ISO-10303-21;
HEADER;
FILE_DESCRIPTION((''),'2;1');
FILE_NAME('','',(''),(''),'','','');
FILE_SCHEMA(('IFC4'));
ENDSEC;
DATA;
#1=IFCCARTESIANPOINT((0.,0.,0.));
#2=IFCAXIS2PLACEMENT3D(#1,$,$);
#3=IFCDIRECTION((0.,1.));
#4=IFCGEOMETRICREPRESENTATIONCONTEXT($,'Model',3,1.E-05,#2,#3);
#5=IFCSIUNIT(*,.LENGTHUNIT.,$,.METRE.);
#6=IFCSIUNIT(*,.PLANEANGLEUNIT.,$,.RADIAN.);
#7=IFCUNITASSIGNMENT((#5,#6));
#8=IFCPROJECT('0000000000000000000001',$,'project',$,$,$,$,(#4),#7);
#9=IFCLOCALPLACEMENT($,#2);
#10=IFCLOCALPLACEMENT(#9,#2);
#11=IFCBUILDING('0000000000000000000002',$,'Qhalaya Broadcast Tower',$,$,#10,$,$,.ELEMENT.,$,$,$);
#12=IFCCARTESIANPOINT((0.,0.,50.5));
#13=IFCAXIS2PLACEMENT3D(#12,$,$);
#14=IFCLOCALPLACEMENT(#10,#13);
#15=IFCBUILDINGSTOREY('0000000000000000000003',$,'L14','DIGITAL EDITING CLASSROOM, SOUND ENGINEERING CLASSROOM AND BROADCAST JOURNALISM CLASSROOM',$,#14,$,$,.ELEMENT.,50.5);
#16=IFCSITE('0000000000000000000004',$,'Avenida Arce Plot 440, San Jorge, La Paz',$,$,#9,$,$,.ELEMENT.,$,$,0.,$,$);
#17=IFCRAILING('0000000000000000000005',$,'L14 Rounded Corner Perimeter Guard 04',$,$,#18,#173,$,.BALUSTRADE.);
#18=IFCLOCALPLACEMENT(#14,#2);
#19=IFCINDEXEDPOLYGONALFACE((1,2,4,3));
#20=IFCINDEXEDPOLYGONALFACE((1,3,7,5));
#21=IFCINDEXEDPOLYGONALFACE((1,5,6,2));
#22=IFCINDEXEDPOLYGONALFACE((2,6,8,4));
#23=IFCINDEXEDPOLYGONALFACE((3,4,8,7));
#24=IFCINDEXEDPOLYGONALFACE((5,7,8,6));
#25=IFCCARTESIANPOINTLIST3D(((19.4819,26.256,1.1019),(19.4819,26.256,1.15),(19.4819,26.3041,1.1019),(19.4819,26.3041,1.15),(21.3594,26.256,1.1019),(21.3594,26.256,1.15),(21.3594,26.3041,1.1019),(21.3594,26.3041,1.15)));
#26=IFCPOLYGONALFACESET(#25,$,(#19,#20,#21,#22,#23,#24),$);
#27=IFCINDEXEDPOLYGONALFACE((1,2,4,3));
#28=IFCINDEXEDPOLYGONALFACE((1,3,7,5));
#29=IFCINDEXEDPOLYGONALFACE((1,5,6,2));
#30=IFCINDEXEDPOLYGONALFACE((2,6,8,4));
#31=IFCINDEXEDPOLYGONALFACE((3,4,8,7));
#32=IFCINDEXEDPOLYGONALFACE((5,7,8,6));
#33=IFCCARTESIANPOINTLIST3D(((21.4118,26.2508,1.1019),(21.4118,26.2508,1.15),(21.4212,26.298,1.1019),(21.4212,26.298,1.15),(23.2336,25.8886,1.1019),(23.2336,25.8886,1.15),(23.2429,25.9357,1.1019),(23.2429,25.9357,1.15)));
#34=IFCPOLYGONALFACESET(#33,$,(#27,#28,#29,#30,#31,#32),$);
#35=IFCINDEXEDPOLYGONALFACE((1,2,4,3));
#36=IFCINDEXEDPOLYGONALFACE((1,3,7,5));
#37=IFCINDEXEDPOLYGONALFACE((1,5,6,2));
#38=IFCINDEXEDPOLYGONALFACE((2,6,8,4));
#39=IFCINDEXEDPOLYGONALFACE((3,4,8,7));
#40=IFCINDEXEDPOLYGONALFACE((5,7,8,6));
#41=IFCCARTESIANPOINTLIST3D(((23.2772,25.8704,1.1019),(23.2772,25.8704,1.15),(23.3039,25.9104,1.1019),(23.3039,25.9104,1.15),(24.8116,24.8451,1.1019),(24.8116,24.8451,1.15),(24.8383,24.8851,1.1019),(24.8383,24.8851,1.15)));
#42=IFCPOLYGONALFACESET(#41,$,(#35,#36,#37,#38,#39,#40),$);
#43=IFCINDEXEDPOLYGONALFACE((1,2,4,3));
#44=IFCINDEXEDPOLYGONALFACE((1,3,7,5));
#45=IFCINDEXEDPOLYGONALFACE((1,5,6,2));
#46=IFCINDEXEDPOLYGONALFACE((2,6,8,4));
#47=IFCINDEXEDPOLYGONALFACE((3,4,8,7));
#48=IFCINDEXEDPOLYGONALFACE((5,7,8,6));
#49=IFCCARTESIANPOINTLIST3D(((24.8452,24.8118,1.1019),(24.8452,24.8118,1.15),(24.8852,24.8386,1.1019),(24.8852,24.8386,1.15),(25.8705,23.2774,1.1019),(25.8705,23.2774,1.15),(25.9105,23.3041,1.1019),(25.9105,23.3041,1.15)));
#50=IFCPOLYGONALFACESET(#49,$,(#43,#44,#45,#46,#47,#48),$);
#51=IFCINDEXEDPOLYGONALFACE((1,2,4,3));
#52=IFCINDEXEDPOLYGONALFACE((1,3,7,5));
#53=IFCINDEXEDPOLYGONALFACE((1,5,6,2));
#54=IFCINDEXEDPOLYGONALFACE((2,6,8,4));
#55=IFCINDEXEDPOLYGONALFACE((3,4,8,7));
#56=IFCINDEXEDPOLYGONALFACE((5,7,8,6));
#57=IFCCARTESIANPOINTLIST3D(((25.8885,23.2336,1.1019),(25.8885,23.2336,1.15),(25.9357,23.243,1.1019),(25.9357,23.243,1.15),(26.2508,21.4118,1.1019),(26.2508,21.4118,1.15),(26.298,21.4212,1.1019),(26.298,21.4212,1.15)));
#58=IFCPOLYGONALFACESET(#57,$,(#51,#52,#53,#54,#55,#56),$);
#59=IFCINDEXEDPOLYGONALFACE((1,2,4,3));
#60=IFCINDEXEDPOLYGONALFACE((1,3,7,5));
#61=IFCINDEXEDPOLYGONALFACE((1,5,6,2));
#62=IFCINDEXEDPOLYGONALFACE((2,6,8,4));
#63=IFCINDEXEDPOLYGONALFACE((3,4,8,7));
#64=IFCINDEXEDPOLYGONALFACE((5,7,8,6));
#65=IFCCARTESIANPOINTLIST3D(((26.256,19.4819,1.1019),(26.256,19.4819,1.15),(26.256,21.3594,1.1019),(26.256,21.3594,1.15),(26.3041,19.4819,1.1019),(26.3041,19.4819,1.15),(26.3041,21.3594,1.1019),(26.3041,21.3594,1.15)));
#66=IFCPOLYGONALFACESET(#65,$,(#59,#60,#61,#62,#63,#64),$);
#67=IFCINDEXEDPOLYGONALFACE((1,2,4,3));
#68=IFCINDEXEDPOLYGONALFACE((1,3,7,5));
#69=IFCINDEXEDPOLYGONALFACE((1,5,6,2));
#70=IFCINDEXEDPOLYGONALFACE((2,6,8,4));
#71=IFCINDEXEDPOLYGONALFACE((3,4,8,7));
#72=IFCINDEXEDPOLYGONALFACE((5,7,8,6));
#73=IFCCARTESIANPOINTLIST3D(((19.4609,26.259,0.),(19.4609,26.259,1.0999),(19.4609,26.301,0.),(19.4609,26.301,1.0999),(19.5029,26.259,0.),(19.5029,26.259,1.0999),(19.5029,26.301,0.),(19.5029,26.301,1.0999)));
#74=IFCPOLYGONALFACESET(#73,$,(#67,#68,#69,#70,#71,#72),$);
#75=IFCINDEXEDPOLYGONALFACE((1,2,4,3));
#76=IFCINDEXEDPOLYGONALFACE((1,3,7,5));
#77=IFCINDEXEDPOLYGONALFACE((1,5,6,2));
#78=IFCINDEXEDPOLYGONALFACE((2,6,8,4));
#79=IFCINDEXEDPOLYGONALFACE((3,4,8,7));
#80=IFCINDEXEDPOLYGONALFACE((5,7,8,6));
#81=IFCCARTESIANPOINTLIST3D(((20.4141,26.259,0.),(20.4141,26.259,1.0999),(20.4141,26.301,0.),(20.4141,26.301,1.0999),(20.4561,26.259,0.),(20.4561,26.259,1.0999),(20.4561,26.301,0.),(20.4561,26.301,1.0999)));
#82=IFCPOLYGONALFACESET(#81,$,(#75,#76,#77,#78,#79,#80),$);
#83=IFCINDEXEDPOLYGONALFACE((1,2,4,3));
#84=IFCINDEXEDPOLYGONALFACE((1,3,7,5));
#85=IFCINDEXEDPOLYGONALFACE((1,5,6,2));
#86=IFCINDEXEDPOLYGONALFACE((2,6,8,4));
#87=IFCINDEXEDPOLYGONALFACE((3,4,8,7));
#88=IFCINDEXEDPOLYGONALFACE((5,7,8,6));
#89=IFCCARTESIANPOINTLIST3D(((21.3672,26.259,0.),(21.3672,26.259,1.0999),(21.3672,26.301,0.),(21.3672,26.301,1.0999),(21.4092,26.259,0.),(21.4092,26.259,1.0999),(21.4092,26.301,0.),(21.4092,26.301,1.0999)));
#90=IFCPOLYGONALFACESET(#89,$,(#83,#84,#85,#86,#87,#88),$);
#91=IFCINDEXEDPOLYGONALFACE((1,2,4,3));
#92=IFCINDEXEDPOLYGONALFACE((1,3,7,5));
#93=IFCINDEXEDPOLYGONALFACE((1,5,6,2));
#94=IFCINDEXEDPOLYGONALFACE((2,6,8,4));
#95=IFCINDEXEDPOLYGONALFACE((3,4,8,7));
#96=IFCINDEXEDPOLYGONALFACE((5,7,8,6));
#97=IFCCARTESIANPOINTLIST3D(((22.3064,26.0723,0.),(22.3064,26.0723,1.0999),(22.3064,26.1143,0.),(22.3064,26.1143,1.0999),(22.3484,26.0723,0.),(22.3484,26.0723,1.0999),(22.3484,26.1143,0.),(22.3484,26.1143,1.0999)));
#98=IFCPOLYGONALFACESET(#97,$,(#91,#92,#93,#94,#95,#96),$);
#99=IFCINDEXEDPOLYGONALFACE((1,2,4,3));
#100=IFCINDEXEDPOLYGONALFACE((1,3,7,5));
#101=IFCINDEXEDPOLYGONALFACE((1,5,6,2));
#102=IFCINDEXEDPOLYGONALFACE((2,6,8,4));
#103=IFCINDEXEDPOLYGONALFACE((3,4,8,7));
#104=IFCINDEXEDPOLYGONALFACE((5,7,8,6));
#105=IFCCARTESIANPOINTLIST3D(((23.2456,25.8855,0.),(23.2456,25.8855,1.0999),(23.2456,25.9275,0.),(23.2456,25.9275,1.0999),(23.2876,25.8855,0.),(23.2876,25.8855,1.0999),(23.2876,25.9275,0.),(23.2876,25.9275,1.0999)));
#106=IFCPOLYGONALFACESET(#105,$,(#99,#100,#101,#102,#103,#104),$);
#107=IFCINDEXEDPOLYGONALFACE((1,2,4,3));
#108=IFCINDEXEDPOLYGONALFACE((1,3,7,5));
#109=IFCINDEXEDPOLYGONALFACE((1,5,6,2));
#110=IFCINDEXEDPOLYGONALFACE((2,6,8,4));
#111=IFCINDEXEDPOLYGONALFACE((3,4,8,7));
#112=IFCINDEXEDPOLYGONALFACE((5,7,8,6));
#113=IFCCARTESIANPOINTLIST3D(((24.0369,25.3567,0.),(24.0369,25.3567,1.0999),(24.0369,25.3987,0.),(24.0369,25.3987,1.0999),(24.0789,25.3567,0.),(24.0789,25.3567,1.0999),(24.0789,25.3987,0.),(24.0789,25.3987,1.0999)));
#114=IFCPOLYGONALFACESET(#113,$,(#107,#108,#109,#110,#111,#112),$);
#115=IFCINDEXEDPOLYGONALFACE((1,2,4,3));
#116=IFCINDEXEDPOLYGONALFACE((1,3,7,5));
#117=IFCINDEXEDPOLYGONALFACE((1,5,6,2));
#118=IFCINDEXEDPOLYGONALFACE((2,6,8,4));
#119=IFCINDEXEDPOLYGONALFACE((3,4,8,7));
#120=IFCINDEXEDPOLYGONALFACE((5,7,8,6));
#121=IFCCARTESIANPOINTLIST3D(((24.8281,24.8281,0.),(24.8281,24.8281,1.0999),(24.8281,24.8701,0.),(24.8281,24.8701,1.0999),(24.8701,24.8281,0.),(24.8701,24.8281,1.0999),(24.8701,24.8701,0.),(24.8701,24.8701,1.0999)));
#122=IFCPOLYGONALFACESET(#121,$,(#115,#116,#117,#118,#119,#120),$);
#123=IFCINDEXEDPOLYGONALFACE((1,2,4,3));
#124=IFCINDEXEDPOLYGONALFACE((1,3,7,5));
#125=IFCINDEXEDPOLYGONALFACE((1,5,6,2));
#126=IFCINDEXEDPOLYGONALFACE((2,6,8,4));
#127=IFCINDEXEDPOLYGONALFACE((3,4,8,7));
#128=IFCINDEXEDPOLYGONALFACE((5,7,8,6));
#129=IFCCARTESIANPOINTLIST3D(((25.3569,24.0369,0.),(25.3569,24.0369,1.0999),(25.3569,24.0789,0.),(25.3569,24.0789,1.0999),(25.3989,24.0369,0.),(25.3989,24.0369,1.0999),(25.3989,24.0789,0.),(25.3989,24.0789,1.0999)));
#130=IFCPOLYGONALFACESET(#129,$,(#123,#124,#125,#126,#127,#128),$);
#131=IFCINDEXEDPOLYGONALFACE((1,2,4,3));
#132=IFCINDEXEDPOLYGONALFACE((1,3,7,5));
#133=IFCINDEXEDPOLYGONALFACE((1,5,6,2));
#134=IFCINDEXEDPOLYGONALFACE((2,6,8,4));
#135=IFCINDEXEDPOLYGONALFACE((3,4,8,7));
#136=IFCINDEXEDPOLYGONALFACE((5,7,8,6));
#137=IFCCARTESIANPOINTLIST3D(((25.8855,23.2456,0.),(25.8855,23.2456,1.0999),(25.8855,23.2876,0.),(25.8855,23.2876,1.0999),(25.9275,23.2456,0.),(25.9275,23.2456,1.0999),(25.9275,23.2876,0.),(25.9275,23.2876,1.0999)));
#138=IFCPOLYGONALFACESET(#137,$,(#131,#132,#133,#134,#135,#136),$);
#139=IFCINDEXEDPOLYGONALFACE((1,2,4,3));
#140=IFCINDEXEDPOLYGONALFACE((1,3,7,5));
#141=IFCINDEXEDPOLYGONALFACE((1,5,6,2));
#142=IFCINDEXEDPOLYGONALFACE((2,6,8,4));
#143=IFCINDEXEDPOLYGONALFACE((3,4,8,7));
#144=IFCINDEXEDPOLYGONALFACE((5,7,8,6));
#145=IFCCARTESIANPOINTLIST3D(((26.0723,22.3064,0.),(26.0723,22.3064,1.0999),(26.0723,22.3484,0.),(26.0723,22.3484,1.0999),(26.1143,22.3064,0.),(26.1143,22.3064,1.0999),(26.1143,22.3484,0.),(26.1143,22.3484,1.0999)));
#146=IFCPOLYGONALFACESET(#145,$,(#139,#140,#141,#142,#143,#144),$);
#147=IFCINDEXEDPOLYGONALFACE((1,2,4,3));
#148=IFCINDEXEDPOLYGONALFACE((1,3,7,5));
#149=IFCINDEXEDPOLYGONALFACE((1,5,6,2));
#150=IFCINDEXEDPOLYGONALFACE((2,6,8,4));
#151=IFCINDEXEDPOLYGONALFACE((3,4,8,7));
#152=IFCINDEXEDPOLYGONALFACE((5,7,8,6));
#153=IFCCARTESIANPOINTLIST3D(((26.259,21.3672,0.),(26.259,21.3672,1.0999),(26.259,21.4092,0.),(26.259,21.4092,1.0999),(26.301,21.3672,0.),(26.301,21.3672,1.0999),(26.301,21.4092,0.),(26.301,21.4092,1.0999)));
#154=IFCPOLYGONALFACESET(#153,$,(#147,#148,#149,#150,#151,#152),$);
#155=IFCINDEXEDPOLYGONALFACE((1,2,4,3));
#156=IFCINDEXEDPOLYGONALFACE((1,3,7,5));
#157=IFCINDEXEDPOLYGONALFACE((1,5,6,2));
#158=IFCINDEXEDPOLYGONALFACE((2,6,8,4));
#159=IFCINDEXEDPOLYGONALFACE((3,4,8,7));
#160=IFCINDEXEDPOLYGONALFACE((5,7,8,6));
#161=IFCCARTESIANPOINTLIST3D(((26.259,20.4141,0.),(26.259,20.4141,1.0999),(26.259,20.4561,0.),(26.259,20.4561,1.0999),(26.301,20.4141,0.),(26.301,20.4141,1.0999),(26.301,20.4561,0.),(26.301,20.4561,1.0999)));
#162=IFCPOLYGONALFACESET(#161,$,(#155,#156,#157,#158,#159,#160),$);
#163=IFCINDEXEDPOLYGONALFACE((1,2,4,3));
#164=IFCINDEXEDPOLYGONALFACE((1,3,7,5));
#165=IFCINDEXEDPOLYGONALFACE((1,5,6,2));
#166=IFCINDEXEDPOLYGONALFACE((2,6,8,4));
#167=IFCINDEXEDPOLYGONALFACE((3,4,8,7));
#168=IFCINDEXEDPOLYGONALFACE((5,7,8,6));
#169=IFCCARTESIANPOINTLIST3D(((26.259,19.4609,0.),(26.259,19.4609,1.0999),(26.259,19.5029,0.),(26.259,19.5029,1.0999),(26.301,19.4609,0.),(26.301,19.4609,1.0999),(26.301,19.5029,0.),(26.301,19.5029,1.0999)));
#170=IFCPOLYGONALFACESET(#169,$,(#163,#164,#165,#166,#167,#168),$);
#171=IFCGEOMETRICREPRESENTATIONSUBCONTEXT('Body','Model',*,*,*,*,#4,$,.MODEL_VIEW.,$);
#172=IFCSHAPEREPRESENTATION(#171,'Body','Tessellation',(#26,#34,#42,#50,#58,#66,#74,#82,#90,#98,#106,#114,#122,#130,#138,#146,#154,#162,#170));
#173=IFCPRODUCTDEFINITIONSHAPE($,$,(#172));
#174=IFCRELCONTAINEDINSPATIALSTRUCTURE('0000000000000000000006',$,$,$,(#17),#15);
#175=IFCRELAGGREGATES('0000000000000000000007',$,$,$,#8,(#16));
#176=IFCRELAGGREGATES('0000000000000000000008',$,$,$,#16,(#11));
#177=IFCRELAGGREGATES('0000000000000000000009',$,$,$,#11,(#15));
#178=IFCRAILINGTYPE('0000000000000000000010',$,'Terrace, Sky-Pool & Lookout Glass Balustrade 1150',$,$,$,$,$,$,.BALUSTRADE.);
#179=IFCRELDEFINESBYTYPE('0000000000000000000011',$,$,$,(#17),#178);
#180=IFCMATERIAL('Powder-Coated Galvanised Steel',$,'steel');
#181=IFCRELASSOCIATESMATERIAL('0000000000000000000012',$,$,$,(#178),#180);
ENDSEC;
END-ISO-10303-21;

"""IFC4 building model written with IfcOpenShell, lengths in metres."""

from ifc_helpers import new_model, si_unit, direction, frame, origin, origin_2d, place, context, subcontext, project, spatial, rectangle, extrude, material, type_object, element, save


model = new_model("IFC4")

# Units and contexts
model_context = context("Model", 3, precision=1e-05, world=origin(), true_north=direction((0.0, 1.0)))
body_context = subcontext(model_context, "Body", "Model", "MODEL_VIEW")
ifc_project = project(units=[si_unit("LENGTHUNIT", "METRE"), si_unit("PLANEANGLEUNIT", "RADIAN")], contexts=[model_context])

# Site, building, storey
site_placement = place(None, origin())
site = spatial("IfcSite", under=ifc_project, at=site_placement, Name="Avenida Arce Plot 440, San Jorge, La Paz", CompositionType="ELEMENT", RefElevation=0.0)
building_placement = place(site_placement, origin())
building = spatial("IfcBuilding", under=site, at=building_placement, Name="Qhalaya Broadcast Tower", CompositionType="ELEMENT")
storey_placement = place(building_placement, frame((0.0, 0.0, 50.5)))
storey = spatial("IfcBuildingStorey", under=building, at=storey_placement, Name="L14", Description="DIGITAL EDITING CLASSROOM, SOUND ENGINEERING CLASSROOM AND BROADCAST JOURNALISM CLASSROOM", CompositionType="ELEMENT", Elevation=50.5)

# Railing
ifc_material_1 = material(Name="Powder-Coated Galvanised Steel", Category="steel")
railing_type = type_object("IfcRailingType", Name="Terrace, Sky-Pool & Lookout Glass Balustrade 1150", PredefinedType="BALUSTRADE", material=ifc_material_1)
railing_placement = place(storey_placement, frame((19.4819, 26.28, 0.0)))
element("IfcRailing", 1, at=railing_placement, inside=storey, type_object=railing_type, Name="L14 Rounded Corner Perimeter Guard 04", PredefinedType="BALUSTRADE", context=body_context, shape_type="SweptSolid", body=[
    extrude(rectangle(XDim=0.0481, YDim=0.0481, at=origin_2d()), frame((0.0, 0.0, 1.126), z_axis=(1.0, 0.0, 0.0), x_axis=(0.0, 1.0, 0.0)), (0.0, 0.0, 1.0), 1.8774),
    extrude(rectangle(XDim=0.0481, YDim=0.0481, at=origin_2d()), frame((1.9346, -0.0056, 1.126), z_axis=(0.980796, -0.195037, 0.0), x_axis=(0.195037, 0.980796, 0.0)), (0.0, 0.0, 1.0), 1.8574),
    extrude(rectangle(XDim=0.0481, YDim=0.0481, at=origin_2d()), frame((3.8086, -0.3896, 1.126), z_axis=(0.831478, -0.555558, 0.0), x_axis=(0.555558, 0.831478, 0.0)), (0.0, 0.0, 1.0), 1.8455),
    extrude(rectangle(XDim=0.0481, YDim=0.0481, at=origin_2d()), frame((5.3833, -1.4548, 1.126), z_axis=(0.555558, -0.831478, 0.0), x_axis=(0.831478, 0.555558, 0.0)), (0.0, 0.0, 1.0), 1.8455),
    extrude(rectangle(XDim=0.0481, YDim=0.0481, at=origin_2d()), frame((6.4302, -3.0417, 1.126), z_axis=(0.195037, -0.980796, 0.0), x_axis=(0.980796, 0.195037, 0.0)), (0.0, 0.0, 1.0), 1.8574),
    extrude(rectangle(XDim=0.0481, YDim=0.0481, at=origin_2d()), frame((6.7981, -4.9207, 1.126), z_axis=(0.0, -1.0, 0.0), x_axis=(1.0, 0.0, 0.0)), (0.0, 0.0, 1.0), 1.8774),
    extrude(rectangle(XDim=0.042, YDim=0.042, at=origin_2d()), origin(), (0.0, 0.0, 1.0), 1.0999),
    extrude(rectangle(XDim=0.042, YDim=0.042, at=origin_2d()), frame((0.9531, 0.0, 0.0)), (0.0, 0.0, 1.0), 1.0999),
    extrude(rectangle(XDim=0.042, YDim=0.042, at=origin_2d()), frame((1.9062, 0.0, 0.0)), (0.0, 0.0, 1.0), 1.0999),
    extrude(rectangle(XDim=0.042, YDim=0.042, at=origin_2d()), frame((2.8455, -0.1868, 0.0)), (0.0, 0.0, 1.0), 1.0999),
    extrude(rectangle(XDim=0.042, YDim=0.042, at=origin_2d()), frame((3.7847, -0.3735, 0.0)), (0.0, 0.0, 1.0), 1.0999),
    extrude(rectangle(XDim=0.042, YDim=0.042, at=origin_2d()), frame((4.5759, -0.9023, 0.0)), (0.0, 0.0, 1.0), 1.0999),
    extrude(rectangle(XDim=0.042, YDim=0.042, at=origin_2d()), frame((5.3672, -1.4309, 0.0)), (0.0, 0.0, 1.0), 1.0999),
    extrude(rectangle(XDim=0.042, YDim=0.042, at=origin_2d()), frame((5.896, -2.2222, 0.0)), (0.0, 0.0, 1.0), 1.0999),
    extrude(rectangle(XDim=0.042, YDim=0.042, at=origin_2d()), frame((6.4246, -3.0134, 0.0)), (0.0, 0.0, 1.0), 1.0999),
    extrude(rectangle(XDim=0.042, YDim=0.042, at=origin_2d()), frame((6.6113, -3.9526, 0.0)), (0.0, 0.0, 1.0), 1.0999),
    extrude(rectangle(XDim=0.042, YDim=0.042, at=origin_2d()), frame((6.7981, -4.8918, 0.0)), (0.0, 0.0, 1.0), 1.0999),
    extrude(rectangle(XDim=0.042, YDim=0.042, at=origin_2d()), frame((6.7981, -5.845, 0.0)), (0.0, 0.0, 1.0), 1.0999),
    extrude(rectangle(XDim=0.042, YDim=0.042, at=origin_2d()), frame((6.7981, -6.7981, 0.0)), (0.0, 0.0, 1.0), 1.0999),
])

save(model, "model.ifc")
